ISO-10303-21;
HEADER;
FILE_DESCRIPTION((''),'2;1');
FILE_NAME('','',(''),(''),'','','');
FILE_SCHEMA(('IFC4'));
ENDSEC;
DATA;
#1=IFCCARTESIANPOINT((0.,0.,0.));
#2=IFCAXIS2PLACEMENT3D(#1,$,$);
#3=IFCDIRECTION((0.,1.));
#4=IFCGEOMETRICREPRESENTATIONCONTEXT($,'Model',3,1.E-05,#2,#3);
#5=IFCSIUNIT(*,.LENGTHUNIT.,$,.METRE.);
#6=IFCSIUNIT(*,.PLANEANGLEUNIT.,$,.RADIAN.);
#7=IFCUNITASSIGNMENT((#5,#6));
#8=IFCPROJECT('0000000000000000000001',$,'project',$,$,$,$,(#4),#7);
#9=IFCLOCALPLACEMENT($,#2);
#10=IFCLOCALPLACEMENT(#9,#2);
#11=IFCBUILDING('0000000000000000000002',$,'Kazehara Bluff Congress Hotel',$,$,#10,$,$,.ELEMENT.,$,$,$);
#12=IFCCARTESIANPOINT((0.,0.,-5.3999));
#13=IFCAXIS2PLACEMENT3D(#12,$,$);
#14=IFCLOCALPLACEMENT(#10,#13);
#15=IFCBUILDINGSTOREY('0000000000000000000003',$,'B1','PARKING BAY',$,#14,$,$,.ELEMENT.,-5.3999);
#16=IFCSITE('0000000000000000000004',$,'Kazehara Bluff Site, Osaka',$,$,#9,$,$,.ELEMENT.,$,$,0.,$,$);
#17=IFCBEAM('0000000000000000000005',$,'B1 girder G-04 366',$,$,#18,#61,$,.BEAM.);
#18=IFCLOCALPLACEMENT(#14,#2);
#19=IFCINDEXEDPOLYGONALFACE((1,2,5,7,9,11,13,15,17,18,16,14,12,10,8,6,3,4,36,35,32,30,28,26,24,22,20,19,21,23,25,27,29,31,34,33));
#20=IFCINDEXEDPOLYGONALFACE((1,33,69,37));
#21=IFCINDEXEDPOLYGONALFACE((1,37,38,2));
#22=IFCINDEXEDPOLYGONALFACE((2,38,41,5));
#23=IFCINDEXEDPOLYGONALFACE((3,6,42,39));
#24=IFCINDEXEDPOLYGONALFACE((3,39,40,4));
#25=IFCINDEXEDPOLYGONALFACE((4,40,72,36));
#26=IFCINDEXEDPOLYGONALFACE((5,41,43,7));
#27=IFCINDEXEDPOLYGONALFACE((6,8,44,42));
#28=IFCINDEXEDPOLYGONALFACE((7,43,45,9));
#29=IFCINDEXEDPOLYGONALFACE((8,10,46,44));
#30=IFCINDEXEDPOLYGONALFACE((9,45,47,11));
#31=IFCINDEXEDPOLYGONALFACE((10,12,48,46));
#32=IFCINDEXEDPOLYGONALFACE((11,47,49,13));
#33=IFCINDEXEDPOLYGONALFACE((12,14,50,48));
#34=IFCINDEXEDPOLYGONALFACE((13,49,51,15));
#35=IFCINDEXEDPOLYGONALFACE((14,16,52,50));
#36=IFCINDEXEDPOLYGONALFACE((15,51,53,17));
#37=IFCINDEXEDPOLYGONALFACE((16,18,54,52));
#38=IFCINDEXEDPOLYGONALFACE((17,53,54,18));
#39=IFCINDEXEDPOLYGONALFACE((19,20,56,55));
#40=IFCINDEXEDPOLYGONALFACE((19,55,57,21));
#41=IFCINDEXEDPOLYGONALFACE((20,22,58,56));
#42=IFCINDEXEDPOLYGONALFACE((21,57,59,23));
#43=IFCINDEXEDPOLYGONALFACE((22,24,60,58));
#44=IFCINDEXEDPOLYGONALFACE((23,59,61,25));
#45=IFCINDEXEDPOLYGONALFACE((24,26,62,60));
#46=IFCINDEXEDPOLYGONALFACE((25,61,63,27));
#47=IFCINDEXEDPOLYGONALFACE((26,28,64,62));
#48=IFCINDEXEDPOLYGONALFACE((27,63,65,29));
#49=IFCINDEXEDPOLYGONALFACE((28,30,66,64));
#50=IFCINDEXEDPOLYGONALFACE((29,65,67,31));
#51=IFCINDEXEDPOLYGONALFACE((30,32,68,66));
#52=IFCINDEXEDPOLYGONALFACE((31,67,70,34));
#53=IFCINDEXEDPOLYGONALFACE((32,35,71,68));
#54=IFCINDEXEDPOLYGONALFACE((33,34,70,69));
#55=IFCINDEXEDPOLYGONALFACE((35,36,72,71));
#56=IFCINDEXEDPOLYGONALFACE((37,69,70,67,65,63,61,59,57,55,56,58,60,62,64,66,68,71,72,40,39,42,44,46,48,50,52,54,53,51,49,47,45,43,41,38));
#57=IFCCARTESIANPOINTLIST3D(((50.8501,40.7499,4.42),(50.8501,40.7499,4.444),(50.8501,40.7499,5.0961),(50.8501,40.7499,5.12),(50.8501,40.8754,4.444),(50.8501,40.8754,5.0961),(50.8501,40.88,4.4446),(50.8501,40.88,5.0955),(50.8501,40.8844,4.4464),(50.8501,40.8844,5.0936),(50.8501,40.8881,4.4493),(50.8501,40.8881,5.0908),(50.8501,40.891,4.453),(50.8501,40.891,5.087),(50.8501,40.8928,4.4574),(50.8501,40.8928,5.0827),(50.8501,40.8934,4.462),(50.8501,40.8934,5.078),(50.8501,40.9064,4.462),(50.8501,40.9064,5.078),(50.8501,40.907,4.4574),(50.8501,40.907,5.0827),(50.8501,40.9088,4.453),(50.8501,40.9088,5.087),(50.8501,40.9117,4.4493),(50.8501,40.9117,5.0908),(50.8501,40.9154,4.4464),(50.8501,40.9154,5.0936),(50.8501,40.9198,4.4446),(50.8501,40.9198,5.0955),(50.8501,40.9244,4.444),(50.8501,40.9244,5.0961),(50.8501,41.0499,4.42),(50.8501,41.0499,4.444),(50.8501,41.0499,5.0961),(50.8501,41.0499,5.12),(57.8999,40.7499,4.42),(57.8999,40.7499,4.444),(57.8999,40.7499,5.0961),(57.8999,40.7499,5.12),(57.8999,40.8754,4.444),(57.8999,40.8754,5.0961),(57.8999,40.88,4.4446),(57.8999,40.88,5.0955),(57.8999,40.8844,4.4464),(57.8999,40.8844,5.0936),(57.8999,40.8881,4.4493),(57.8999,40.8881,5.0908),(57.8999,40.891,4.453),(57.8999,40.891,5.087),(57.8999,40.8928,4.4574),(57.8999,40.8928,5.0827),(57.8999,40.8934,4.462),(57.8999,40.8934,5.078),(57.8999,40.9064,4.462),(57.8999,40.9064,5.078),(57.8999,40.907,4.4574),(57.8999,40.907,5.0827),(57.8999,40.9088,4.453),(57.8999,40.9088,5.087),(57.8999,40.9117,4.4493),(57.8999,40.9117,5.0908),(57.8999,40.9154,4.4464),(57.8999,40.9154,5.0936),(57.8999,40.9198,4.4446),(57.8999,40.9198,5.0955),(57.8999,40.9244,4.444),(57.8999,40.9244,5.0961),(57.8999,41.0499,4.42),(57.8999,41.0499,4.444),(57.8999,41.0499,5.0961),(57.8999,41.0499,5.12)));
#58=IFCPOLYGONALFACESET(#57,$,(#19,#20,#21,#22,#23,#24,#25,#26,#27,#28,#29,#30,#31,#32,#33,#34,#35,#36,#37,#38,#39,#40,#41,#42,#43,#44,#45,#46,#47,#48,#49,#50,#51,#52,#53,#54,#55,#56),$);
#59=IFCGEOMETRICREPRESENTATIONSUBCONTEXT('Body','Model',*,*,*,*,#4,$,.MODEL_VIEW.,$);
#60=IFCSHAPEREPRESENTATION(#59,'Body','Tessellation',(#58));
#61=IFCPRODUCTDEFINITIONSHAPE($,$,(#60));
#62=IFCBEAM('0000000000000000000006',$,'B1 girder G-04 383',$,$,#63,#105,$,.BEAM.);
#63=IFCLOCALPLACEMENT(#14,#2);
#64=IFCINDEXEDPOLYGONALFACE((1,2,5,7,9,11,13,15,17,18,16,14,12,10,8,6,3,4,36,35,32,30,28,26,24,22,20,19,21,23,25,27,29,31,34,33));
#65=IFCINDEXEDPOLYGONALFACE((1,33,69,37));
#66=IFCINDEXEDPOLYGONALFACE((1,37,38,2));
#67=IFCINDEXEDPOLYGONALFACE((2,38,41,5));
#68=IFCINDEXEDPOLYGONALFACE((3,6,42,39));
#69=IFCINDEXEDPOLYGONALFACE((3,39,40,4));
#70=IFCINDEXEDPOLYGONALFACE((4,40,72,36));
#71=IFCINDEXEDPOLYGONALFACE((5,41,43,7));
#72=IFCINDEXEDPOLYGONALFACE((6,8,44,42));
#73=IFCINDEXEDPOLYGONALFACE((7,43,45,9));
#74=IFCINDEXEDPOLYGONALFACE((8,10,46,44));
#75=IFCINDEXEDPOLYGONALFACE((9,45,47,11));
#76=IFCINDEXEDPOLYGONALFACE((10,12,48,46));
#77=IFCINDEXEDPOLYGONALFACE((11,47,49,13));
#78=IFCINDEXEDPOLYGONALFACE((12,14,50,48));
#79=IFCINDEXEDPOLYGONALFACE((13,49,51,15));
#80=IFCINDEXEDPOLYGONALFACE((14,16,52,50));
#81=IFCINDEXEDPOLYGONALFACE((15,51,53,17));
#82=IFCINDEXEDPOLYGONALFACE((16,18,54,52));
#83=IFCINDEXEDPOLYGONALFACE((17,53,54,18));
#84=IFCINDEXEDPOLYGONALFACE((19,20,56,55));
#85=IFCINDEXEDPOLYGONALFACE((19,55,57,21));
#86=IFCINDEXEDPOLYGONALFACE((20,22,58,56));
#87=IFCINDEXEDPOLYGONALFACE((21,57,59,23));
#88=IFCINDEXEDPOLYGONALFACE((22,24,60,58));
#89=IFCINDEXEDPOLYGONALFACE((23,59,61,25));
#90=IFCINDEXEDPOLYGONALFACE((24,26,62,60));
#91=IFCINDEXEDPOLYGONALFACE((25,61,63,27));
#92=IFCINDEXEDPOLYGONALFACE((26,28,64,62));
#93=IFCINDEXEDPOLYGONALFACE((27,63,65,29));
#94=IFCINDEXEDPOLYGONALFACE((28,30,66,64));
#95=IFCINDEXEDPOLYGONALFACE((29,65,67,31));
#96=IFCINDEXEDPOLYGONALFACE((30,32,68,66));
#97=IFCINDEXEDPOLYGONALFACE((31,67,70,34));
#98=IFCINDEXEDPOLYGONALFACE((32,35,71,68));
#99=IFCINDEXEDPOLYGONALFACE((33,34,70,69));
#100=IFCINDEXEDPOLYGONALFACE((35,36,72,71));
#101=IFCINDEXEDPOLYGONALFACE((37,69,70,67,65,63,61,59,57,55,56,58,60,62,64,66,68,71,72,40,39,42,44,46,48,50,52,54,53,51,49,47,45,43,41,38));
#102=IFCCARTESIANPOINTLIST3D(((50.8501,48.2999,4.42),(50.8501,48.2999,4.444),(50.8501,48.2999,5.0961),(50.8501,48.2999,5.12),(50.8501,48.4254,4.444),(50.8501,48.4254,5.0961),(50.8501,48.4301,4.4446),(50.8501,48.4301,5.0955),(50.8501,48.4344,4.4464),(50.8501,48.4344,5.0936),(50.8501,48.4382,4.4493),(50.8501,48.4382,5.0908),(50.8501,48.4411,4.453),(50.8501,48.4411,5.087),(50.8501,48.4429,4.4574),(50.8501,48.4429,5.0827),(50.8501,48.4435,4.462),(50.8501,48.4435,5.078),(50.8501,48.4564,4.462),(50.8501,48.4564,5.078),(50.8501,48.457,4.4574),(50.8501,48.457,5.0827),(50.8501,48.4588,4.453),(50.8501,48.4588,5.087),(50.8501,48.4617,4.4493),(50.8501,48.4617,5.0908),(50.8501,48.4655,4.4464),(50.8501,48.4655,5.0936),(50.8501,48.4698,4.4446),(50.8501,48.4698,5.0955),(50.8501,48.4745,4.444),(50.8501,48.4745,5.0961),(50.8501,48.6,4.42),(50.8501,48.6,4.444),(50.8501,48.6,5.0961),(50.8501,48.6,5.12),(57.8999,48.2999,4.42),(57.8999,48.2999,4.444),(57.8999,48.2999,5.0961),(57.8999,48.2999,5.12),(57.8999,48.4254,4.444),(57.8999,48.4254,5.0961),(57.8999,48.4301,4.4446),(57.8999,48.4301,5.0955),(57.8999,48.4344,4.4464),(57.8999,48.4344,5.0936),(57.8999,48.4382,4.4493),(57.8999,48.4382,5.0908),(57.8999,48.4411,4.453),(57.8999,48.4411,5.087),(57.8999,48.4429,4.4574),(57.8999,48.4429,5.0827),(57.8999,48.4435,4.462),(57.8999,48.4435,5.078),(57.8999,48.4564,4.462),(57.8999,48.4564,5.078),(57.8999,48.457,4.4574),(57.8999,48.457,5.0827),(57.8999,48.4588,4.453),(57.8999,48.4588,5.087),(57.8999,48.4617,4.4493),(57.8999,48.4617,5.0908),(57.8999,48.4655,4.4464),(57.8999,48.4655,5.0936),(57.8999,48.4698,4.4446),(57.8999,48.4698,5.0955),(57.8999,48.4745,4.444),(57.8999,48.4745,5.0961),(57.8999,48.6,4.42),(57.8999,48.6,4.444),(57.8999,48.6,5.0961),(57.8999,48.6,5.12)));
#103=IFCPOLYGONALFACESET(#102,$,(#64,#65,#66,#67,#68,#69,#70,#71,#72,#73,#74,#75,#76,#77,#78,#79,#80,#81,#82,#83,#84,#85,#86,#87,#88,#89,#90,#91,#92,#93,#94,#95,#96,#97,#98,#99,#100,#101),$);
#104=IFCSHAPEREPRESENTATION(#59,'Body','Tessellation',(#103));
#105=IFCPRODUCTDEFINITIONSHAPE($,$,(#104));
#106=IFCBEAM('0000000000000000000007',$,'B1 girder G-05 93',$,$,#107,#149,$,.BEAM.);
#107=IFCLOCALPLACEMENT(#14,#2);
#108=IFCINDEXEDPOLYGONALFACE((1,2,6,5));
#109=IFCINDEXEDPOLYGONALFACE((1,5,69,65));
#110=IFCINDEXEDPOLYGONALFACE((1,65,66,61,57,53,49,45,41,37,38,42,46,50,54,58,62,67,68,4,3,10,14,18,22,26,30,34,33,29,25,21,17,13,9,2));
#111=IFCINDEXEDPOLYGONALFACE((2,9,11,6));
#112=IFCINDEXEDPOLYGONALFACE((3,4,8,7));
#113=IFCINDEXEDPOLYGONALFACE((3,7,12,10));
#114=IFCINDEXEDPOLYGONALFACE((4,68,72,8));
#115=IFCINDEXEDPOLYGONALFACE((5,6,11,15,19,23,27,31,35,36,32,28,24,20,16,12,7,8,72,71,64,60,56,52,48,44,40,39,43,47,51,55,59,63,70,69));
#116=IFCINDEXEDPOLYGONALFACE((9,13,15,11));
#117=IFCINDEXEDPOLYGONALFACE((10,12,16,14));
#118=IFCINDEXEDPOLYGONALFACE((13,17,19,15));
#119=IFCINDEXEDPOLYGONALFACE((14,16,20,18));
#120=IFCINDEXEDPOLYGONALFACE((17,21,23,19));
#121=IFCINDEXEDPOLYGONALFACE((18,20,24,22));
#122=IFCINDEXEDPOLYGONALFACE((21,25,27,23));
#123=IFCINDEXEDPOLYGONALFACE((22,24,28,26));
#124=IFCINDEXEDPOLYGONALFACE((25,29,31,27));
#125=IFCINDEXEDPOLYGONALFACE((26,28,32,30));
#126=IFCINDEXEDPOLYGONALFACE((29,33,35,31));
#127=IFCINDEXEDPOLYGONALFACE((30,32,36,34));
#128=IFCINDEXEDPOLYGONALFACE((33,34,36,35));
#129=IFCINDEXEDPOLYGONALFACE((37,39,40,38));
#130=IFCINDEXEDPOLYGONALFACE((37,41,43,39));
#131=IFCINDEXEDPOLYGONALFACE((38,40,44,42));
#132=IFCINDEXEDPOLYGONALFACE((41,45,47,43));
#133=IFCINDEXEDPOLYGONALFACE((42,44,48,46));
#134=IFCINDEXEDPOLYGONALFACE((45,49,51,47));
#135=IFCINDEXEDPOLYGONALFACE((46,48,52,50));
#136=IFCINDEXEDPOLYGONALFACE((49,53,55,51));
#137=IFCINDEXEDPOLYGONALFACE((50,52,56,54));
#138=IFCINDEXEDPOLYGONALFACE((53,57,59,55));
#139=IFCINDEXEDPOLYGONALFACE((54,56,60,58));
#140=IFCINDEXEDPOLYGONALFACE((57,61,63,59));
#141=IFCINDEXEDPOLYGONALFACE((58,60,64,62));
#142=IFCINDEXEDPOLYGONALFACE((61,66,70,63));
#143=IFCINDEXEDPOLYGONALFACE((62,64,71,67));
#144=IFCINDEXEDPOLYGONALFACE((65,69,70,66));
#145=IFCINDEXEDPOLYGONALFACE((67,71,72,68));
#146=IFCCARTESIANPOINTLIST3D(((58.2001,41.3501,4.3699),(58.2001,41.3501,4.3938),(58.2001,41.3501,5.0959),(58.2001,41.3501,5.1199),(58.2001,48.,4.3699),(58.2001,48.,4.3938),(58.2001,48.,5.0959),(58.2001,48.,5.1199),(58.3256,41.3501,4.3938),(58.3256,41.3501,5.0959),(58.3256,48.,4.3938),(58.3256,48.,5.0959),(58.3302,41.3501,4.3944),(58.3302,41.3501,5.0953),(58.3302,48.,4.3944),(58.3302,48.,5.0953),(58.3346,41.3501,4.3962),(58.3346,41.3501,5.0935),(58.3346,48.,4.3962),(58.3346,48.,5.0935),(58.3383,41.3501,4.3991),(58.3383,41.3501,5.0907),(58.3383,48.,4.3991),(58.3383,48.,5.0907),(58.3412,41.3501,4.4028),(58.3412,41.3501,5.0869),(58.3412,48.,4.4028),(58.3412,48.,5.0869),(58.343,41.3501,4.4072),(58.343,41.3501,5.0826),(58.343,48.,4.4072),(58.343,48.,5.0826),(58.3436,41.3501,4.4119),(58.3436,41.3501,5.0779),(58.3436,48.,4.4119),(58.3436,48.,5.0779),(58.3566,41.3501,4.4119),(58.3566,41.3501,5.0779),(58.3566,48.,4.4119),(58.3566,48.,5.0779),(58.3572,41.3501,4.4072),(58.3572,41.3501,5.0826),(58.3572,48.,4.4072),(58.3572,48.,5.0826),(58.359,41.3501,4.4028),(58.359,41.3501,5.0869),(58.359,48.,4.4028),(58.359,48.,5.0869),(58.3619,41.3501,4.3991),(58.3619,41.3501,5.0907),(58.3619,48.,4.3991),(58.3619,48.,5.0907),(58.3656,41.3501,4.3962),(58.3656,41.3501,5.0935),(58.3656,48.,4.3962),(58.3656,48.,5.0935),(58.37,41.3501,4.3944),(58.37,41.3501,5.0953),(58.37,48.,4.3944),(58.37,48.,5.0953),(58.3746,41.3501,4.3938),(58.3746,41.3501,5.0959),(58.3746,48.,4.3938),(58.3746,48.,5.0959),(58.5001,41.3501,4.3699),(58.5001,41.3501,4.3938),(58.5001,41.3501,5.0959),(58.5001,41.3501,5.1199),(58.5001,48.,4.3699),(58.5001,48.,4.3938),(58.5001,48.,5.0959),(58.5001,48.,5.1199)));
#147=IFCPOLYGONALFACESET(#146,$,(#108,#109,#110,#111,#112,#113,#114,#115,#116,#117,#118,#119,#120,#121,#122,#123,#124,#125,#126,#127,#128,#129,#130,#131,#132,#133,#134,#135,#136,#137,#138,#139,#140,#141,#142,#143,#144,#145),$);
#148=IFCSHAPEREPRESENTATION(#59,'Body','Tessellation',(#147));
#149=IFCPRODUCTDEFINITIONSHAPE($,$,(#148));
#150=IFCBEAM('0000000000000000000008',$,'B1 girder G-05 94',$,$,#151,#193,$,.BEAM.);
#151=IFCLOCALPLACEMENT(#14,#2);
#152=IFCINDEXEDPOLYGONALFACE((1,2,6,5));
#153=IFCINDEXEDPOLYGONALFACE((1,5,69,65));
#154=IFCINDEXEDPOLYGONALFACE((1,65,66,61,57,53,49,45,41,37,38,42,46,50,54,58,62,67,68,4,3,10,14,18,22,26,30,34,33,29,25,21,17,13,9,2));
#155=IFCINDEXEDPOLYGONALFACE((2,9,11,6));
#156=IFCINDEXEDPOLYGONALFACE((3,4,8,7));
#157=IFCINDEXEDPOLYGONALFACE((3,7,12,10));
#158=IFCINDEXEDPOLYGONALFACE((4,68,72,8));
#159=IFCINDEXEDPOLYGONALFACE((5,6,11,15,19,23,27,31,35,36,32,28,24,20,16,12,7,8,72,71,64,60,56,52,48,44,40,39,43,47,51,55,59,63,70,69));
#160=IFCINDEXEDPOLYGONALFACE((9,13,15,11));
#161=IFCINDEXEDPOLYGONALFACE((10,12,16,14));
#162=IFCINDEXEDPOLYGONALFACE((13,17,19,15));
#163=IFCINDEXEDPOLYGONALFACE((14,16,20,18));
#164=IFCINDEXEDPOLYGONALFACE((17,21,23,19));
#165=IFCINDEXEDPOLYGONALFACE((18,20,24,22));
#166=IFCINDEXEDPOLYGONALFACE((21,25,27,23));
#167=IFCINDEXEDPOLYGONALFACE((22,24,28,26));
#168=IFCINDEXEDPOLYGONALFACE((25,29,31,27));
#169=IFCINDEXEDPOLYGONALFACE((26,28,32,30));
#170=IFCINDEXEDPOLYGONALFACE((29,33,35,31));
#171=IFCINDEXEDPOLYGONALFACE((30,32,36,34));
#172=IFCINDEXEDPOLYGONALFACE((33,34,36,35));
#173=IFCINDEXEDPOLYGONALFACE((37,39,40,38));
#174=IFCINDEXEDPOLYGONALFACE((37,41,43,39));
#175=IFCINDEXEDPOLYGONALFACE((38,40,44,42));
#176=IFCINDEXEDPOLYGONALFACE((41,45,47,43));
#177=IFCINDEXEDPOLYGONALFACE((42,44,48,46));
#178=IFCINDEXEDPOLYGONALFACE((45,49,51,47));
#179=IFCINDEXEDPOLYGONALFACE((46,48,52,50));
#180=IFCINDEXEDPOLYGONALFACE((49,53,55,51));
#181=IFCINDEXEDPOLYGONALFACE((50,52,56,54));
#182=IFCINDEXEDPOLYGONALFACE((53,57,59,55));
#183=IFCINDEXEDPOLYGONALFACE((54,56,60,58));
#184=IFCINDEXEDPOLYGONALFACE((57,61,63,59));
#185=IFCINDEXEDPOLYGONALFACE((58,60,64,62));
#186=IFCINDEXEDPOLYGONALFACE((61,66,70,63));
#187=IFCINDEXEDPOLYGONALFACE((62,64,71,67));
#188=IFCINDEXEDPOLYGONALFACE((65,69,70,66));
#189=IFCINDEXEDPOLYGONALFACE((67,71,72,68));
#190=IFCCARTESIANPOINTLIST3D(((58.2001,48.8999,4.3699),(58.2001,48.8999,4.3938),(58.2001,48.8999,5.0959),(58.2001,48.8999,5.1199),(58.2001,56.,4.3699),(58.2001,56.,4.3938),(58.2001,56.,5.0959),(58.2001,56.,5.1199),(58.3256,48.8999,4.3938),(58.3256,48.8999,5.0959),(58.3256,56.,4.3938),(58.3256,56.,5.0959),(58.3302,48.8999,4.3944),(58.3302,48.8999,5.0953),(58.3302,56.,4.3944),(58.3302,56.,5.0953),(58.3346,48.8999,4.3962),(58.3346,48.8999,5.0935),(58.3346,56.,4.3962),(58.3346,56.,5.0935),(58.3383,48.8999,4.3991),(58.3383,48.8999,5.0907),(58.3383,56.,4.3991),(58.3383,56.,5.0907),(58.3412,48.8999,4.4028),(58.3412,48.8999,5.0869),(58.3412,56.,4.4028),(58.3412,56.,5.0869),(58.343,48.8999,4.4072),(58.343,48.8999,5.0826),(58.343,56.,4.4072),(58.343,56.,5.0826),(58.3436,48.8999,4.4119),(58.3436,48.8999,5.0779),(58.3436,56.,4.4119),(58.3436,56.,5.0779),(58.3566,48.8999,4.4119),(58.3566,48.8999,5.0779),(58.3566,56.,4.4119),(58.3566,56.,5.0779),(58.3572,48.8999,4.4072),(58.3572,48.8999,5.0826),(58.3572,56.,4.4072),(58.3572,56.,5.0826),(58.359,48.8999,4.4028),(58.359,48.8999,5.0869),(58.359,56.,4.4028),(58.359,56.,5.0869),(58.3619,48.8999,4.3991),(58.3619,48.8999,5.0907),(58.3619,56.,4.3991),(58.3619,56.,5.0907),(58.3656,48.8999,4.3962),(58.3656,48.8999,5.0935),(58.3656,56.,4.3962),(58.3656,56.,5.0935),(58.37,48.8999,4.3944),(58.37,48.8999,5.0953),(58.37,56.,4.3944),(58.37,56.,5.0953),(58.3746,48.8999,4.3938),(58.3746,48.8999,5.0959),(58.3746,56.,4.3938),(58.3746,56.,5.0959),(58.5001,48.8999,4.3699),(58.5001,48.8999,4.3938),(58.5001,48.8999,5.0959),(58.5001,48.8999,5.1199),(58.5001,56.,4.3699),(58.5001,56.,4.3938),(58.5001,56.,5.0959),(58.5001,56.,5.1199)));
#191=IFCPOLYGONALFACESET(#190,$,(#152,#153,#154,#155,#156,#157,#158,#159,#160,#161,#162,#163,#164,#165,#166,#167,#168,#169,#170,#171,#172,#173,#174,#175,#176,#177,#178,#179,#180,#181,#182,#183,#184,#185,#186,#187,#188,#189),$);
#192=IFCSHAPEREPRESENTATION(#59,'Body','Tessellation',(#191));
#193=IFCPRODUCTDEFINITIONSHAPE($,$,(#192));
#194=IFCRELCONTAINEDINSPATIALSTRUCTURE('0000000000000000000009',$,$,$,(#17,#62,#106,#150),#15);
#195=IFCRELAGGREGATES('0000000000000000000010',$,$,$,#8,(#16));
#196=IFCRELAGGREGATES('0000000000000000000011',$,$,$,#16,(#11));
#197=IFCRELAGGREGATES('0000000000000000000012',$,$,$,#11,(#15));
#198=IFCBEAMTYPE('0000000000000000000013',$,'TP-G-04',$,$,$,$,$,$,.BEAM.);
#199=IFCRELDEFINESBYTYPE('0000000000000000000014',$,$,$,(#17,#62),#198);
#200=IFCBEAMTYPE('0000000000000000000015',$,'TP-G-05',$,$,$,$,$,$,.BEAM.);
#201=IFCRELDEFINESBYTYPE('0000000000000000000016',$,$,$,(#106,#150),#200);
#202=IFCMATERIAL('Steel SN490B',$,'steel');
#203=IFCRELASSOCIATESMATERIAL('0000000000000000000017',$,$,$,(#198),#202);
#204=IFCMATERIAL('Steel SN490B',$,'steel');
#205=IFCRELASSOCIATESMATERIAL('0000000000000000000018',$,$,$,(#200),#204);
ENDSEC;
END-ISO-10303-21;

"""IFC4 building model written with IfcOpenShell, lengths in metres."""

from ifc_helpers import new_model, si_unit, direction, frame, origin, origin_2d, place, context, subcontext, project, spatial, i_section, extrude, material, material_profile, profile_set, type_object, element, save


model = new_model("IFC4")

# Units and contexts
model_context = context("Model", 3, precision=1e-05, world=origin(), true_north=direction((0.0, 1.0)))
body_context = subcontext(model_context, "Body", "Model", "MODEL_VIEW")
ifc_project = project(units=[si_unit("LENGTHUNIT", "METRE"), si_unit("PLANEANGLEUNIT", "RADIAN")], contexts=[model_context])

# Site, building, storey
site_placement = place(None, origin())
site = spatial("IfcSite", under=ifc_project, at=site_placement, Name="Kazehara Bluff Site, Osaka", CompositionType="ELEMENT", RefElevation=0.0)
building_placement = place(site_placement, origin())
building = spatial("IfcBuilding", under=site, at=building_placement, Name="Kazehara Bluff Congress Hotel", CompositionType="ELEMENT")
storey_placement = place(building_placement, frame((0.0, 0.0, -5.3999)))
storey = spatial("IfcBuildingStorey", under=building, at=storey_placement, Name="B1", Description="PARKING BAY", CompositionType="ELEMENT", Elevation=-5.3999)

# Beams
ifc_material_1 = material(Name="Steel SN490B", Category="steel")
ifc_material_profile_1 = material_profile(ifc_material_1, i_section(OverallWidth=0.3, OverallDepth=0.7, WebThickness=0.0129, FlangeThickness=0.0239, FilletRadius=0.0181, at=origin_2d()))
ifc_profile_set_1 = profile_set([ifc_material_profile_1], Name="Steel SN490B")
beam_type_1 = type_object("IfcBeamType", Name="TP-G-04", PredefinedType="BEAM", material=ifc_profile_set_1)
for number, where, z_axis, x_axis, name in (
    (1, (50.8501, 40.8999, 4.77), (1.0, 0.0, 0.0), (0.0, 1.0, 0.0), "B1 girder G-04 366"),
    (2, (50.8501, 48.45, 4.77), (1.0, 0.0, 0.0), (0.0, 1.0, 0.0), "B1 girder G-04 383"),
):
    element("IfcBeam", number, at=place(storey_placement, frame(where, z_axis=z_axis, x_axis=x_axis)), inside=storey, type_object=beam_type_1, Name=name, PredefinedType="BEAM", context=body_context, shape_type="SweptSolid", body=[
        extrude(i_section(OverallWidth=0.3, OverallDepth=0.7, WebThickness=0.0129, FlangeThickness=0.0239, FilletRadius=0.0181, at=origin_2d()), origin(), (0.0, 0.0, 1.0), 7.0498),
    ])
ifc_material_2 = material(Name="Steel SN490B", Category="steel")
ifc_material_profile_2 = material_profile(ifc_material_2, i_section(OverallWidth=0.3, OverallDepth=0.75, WebThickness=0.0129, FlangeThickness=0.0239, FilletRadius=0.0181, at=origin_2d()))
ifc_profile_set_2 = profile_set([ifc_material_profile_2], Name="Steel SN490B")
beam_type_2 = type_object("IfcBeamType", Name="TP-G-05", PredefinedType="BEAM", material=ifc_profile_set_2)
beam_1_placement = place(storey_placement, frame((58.3501, 41.3501, 4.7449), z_axis=(0.0, 1.0, 0.0), x_axis=(-1.0, 0.0, 0.0)))
element("IfcBeam", 3, at=beam_1_placement, inside=storey, type_object=beam_type_2, Name="B1 girder G-05 93", PredefinedType="BEAM", context=body_context, shape_type="SweptSolid", body=[
    extrude(i_section(OverallWidth=0.3, OverallDepth=0.75, WebThickness=0.0129, FlangeThickness=0.0239, FilletRadius=0.0181, at=origin_2d()), origin(), (0.0, 0.0, 1.0), 6.6499),
])
beam_2_placement = place(storey_placement, frame((58.3501, 48.8999, 4.7449), z_axis=(0.0, 1.0, 0.0), x_axis=(-1.0, 0.0, 0.0)))
element("IfcBeam", 4, at=beam_2_placement, inside=storey, type_object=beam_type_2, Name="B1 girder G-05 94", PredefinedType="BEAM", context=body_context, shape_type="SweptSolid", body=[
    extrude(i_section(OverallWidth=0.3, OverallDepth=0.75, WebThickness=0.0129, FlangeThickness=0.0239, FilletRadius=0.0181, at=origin_2d()), origin(), (0.0, 0.0, 1.0), 7.1001),
])

save(model, "model.ifc")
